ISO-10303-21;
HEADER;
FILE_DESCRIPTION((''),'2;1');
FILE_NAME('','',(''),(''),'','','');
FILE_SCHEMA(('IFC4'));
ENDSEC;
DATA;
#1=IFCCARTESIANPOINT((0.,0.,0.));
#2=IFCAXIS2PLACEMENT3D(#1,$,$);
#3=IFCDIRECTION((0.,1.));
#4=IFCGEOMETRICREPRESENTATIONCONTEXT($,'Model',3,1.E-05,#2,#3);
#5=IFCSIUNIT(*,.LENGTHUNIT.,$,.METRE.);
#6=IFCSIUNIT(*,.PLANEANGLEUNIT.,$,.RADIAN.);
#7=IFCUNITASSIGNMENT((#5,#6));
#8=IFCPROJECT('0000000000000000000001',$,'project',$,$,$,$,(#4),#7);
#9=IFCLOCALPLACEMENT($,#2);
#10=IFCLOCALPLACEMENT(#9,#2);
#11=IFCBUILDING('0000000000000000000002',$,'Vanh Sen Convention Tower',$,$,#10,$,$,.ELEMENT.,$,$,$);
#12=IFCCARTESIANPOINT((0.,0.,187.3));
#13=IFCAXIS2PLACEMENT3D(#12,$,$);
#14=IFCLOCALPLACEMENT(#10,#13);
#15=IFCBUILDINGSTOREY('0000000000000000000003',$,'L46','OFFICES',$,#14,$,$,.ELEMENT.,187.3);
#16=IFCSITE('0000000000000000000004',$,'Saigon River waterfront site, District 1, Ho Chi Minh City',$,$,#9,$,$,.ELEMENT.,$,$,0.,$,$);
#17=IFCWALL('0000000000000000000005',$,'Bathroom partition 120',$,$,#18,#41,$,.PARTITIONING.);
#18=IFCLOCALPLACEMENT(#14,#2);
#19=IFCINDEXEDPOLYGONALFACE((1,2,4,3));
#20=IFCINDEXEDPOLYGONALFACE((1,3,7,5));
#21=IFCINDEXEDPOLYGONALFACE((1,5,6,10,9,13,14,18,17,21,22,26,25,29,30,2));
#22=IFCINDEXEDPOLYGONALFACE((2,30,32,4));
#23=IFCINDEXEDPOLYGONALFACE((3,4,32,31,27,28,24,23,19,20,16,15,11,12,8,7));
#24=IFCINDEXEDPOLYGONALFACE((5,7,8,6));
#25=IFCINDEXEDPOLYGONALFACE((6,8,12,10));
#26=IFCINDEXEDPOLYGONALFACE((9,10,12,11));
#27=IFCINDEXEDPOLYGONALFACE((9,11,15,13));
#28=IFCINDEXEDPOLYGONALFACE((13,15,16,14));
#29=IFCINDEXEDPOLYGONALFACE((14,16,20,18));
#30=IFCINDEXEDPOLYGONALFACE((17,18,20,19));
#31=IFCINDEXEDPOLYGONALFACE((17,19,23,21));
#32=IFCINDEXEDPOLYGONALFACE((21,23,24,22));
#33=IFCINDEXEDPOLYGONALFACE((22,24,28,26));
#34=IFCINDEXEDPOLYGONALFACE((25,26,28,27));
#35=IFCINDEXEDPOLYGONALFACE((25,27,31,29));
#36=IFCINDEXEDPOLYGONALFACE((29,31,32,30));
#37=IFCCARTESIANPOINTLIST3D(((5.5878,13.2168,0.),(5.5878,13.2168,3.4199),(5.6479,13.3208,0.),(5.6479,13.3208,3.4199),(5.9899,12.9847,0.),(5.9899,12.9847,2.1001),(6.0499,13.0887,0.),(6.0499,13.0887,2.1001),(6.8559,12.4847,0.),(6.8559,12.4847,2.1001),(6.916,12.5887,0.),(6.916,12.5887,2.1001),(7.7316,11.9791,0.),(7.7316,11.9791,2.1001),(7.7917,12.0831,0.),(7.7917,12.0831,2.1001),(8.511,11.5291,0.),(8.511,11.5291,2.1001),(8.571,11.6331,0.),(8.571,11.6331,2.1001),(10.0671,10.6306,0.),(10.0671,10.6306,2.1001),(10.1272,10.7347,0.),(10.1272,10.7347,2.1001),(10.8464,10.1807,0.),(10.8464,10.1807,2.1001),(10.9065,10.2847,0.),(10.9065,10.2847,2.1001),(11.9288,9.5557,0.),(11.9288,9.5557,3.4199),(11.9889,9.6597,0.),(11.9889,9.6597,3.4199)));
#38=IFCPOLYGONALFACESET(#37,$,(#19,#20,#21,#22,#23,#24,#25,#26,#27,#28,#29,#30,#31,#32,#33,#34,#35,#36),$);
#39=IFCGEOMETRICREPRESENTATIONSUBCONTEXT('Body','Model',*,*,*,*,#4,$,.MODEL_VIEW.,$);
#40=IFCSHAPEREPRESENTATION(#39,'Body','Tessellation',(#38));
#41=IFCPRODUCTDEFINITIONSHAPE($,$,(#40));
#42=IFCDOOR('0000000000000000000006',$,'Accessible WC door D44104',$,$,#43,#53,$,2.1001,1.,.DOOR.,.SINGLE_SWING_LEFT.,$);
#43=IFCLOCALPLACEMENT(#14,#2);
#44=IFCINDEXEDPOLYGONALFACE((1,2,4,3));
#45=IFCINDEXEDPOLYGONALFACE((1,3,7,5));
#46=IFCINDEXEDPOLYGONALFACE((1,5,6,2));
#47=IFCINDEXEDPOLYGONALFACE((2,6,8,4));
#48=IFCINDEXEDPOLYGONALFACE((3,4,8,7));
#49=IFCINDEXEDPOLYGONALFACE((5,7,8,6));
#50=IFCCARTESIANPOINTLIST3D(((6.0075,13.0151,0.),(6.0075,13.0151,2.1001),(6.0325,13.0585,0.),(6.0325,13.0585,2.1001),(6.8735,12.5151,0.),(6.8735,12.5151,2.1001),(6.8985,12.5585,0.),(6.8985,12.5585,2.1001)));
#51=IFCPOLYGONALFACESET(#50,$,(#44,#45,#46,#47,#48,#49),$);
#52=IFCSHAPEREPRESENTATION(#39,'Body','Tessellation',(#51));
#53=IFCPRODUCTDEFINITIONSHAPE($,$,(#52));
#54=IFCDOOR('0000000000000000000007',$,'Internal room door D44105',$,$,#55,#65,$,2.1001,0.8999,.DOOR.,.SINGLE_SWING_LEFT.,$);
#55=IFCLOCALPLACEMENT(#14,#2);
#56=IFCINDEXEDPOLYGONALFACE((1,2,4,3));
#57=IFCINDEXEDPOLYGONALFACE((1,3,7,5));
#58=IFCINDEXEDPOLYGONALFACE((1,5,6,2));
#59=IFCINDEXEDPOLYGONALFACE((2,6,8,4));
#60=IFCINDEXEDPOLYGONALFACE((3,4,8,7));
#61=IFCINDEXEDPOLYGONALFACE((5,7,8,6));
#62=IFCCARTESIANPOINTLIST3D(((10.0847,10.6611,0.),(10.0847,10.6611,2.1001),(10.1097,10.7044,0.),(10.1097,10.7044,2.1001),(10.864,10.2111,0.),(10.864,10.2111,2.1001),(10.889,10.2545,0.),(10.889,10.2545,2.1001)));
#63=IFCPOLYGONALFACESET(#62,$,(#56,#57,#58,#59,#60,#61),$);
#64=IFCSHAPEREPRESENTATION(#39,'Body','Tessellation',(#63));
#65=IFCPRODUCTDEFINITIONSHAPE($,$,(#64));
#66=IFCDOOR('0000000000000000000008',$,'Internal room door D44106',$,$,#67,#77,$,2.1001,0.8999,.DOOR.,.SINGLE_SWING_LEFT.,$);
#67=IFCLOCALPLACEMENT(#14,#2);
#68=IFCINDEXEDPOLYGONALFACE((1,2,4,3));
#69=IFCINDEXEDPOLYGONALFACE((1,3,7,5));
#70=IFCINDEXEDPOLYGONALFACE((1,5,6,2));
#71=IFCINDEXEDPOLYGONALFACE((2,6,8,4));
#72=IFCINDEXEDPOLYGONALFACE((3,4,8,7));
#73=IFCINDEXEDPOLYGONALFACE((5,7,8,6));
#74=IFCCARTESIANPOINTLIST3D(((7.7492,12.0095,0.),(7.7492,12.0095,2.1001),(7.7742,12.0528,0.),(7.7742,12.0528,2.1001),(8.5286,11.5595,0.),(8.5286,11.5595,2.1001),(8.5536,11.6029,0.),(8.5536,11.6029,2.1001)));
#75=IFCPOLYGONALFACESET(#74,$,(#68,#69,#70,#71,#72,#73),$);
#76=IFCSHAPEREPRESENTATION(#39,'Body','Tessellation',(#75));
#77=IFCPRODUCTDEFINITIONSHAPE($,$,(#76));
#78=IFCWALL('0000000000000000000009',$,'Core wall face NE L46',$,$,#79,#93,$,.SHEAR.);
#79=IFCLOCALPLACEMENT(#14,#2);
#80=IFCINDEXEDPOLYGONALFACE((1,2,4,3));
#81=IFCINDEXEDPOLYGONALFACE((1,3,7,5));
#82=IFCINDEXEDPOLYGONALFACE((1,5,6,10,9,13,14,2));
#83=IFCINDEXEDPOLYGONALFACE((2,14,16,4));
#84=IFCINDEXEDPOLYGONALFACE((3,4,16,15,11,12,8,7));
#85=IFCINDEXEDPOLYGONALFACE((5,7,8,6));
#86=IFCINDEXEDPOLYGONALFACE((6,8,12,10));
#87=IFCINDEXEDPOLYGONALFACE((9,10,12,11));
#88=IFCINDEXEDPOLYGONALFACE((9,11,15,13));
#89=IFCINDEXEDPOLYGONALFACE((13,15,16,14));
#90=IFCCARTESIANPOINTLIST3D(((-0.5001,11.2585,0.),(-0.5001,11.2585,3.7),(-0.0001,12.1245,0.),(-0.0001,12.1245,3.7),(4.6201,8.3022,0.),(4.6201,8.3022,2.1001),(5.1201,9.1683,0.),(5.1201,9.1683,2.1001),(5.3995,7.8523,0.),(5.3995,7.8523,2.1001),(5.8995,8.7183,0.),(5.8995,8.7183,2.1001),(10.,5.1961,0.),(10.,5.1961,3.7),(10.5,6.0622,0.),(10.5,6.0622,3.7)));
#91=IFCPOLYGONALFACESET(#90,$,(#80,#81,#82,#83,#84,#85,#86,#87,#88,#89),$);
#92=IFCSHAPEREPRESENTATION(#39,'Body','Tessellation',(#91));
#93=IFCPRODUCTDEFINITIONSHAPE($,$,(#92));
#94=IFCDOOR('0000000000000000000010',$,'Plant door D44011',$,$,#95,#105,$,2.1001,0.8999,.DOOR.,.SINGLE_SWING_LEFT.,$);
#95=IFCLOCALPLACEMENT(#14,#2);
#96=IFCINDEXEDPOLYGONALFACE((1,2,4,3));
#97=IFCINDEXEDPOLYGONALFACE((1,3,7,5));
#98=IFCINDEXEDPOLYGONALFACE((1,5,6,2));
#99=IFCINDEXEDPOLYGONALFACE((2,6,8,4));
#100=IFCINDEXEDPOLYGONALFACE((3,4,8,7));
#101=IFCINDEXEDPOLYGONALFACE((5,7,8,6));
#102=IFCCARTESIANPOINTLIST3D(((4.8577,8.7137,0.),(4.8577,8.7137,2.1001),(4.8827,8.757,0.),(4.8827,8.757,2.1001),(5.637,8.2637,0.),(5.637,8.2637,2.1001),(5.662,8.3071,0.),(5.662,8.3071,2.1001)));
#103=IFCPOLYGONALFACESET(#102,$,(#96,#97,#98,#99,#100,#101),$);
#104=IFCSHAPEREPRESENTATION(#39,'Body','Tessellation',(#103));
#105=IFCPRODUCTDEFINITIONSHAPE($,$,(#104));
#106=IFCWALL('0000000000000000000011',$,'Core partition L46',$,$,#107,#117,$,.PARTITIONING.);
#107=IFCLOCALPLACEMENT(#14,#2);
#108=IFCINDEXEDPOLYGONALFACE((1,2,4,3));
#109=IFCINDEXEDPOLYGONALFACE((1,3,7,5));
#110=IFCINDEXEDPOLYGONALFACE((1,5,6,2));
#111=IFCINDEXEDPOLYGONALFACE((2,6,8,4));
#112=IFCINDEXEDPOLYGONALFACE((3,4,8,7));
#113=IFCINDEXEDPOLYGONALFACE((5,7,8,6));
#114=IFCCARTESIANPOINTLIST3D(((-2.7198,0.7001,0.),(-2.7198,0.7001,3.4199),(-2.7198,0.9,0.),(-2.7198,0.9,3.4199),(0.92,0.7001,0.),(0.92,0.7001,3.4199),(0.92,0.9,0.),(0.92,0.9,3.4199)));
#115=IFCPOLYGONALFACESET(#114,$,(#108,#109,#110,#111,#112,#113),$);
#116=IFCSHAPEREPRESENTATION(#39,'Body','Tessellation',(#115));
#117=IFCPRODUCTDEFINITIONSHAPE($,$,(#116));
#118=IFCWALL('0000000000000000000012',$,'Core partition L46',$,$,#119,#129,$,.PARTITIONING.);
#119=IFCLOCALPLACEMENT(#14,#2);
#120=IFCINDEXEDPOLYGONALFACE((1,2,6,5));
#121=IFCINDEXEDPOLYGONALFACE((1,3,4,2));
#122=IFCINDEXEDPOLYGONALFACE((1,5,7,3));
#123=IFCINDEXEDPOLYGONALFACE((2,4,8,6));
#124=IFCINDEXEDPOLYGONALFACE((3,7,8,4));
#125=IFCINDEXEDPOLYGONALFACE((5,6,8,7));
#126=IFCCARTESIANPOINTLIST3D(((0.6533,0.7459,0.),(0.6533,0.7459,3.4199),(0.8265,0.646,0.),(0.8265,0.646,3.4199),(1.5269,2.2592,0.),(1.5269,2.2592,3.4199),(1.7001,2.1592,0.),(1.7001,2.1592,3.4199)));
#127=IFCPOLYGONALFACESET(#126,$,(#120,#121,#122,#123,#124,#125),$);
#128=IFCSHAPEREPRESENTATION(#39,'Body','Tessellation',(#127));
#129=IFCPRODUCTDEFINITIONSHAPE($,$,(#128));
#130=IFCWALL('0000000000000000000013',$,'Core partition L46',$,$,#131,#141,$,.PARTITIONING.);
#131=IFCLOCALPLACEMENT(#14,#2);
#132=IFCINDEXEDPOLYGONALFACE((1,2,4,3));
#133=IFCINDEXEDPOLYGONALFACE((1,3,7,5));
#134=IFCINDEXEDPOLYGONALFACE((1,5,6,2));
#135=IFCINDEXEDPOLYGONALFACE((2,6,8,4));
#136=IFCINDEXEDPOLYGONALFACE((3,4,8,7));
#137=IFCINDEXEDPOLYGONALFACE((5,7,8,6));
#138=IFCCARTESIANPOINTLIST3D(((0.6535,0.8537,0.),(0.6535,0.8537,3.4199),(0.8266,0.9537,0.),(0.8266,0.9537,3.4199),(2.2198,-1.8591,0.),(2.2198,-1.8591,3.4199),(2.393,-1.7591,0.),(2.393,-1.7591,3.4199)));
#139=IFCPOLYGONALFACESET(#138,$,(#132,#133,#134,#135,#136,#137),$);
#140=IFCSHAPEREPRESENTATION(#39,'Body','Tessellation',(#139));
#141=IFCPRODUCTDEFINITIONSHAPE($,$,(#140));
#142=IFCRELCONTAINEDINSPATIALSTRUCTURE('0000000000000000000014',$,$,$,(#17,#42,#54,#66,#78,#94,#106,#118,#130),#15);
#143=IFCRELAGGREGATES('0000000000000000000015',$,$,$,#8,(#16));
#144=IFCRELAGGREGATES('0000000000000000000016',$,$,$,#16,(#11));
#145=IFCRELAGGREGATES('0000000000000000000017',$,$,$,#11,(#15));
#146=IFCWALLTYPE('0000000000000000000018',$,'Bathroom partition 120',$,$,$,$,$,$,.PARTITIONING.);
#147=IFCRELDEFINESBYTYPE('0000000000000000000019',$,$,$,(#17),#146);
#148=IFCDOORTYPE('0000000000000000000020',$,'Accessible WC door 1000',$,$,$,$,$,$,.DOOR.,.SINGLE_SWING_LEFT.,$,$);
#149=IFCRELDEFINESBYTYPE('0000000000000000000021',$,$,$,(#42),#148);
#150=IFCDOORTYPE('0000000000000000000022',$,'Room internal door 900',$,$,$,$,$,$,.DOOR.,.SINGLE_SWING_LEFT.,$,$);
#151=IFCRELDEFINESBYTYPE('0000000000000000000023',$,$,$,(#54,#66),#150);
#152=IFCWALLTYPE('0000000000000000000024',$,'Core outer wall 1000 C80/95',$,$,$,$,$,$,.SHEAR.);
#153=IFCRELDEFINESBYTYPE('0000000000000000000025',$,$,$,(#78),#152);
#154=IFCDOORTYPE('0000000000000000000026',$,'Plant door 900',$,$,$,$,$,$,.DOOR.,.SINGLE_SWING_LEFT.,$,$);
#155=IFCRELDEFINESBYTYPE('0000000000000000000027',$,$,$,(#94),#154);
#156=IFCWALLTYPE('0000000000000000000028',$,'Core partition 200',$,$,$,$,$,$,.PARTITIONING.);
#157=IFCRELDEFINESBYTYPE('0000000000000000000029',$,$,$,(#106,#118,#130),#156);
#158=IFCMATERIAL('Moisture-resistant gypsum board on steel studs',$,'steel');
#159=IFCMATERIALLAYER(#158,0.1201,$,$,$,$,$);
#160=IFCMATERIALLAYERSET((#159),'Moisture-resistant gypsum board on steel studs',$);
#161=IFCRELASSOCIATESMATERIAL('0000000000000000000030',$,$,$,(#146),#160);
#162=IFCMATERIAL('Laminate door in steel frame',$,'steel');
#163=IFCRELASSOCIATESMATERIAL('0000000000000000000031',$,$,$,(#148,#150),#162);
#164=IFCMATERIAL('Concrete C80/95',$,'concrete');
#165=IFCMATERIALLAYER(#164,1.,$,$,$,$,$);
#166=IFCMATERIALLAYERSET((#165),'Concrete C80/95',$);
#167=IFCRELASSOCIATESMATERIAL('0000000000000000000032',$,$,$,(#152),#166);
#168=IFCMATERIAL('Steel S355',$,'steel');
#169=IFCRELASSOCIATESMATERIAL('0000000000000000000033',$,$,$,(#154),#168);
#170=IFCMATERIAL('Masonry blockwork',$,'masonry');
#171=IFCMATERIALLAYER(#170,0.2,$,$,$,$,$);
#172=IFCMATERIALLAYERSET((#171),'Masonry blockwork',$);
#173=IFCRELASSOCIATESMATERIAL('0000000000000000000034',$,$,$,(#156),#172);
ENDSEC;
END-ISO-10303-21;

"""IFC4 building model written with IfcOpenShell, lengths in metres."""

from ifc_helpers import new_model, si_unit, direction, frame, frame_2d, origin, place, context, subcontext, project, spatial, rectangle, extrude, material, layer, layer_set, type_object, element, fill, save


model = new_model("IFC4")

# Units and contexts
model_context = context("Model", 3, precision=1e-05, world=origin(), true_north=direction((0.0, 1.0)))
body_context = subcontext(model_context, "Body", "Model", "MODEL_VIEW")
ifc_project = project(units=[si_unit("LENGTHUNIT", "METRE"), si_unit("PLANEANGLEUNIT", "RADIAN")], contexts=[model_context])

# Site, building, storey
site_placement = place(None, origin())
site = spatial("IfcSite", under=ifc_project, at=site_placement, Name="Saigon River waterfront site, District 1, Ho Chi Minh City", CompositionType="ELEMENT", RefElevation=0.0)
building_placement = place(site_placement, origin())
building = spatial("IfcBuilding", under=site, at=building_placement, Name="Vanh Sen Convention Tower", CompositionType="ELEMENT")
storey_placement = place(building_placement, frame((0.0, 0.0, 187.3)))
storey = spatial("IfcBuildingStorey", under=building, at=storey_placement, Name="L46", Description="OFFICES", CompositionType="ELEMENT", Elevation=187.3)

# Wall, openings, doors
ifc_material_1 = material(Name="Moisture-resistant gypsum board on steel studs", Category="steel")
ifc_layer_1 = layer(ifc_material_1, 0.1201)
ifc_layer_set_1 = layer_set([ifc_layer_1], Name="Moisture-resistant gypsum board on steel studs")
wall_type_1 = type_object("IfcWallType", Name="Bathroom partition 120", PredefinedType="PARTITIONING", material=ifc_layer_set_1)
wall_1_placement = place(storey_placement, frame((11.959, 9.6077, 0.0), z_axis=(0.0, 0.0, 1.0), x_axis=(-0.866018, 0.500012, 0.0)))
wall_1 = element("IfcWall", 1, at=wall_1_placement, inside=storey, type_object=wall_type_1, Name="Bathroom partition 120", PredefinedType="PARTITIONING", context=body_context, shape_type="SweptSolid", body=[
    extrude(rectangle(XDim=7.322, YDim=0.1201, at=frame_2d((3.6611, 0.0))), origin(), (0.0, 0.0, 1.0), 3.4199),
])
opening_1_placement = place(wall_1_placement, frame((5.8579, 0.0, 0.0)))
opening_1 = element("IfcOpeningElement", 2, at=opening_1_placement, cuts=wall_1, PredefinedType="OPENING", context=body_context, shape_type="SweptSolid", body=[
    extrude(rectangle(XDim=1.0, YDim=2.1001, at=frame_2d((0.5, 1.05))), frame((0.0, 0.0701, 0.0), z_axis=(0.0, -1.0, 0.0), x_axis=(1.0, 0.0, 0.0)), (0.0, 0.0, 1.0), 0.1401),
])
opening_2_placement = place(wall_1_placement, frame((1.25, 0.0, 0.0)))
opening_2 = element("IfcOpeningElement", 3, at=opening_2_placement, cuts=wall_1, PredefinedType="OPENING", context=body_context, shape_type="SweptSolid", body=[
    extrude(rectangle(XDim=0.8999, YDim=2.1001, at=frame_2d((0.45, 1.05))), frame((0.0, 0.0701, 0.0), z_axis=(0.0, -1.0, 0.0), x_axis=(1.0, 0.0, 0.0)), (0.0, 0.0, 1.0), 0.1401),
])
opening_3_placement = place(wall_1_placement, frame((3.9468, 0.0, 0.0)))
opening_3 = element("IfcOpeningElement", 4, at=opening_3_placement, cuts=wall_1, PredefinedType="OPENING", context=body_context, shape_type="SweptSolid", body=[
    extrude(rectangle(XDim=0.8999, YDim=2.1001, at=frame_2d((0.45, 1.05))), frame((0.0, 0.0701, 0.0), z_axis=(0.0, -1.0, 0.0), x_axis=(1.0, 0.0, 0.0)), (0.0, 0.0, 1.0), 0.1401),
])
ifc_material_2 = material(Name="Laminate door in steel frame", Category="steel")
door_type_1 = type_object("IfcDoorType", Name="Accessible WC door 1000", OperationType="SINGLE_SWING_LEFT", PredefinedType="DOOR", material=ifc_material_2)
door_1_placement = place(opening_1_placement, origin())
door_1 = element("IfcDoor", 5, at=door_1_placement, inside=storey, type_object=door_type_1, Name="Accessible WC door D44104", OperationType="SINGLE_SWING_LEFT", OverallHeight=2.1001, OverallWidth=1.0, PredefinedType="DOOR", context=body_context, shape_type="SweptSolid", body=[
    extrude(rectangle(XDim=1.0, YDim=2.1001, at=frame_2d((0.5, 1.05))), frame((0.0, 0.0249, 0.0), z_axis=(0.0, -1.0, 0.0), x_axis=(1.0, 0.0, 0.0)), (0.0, 0.0, 1.0), 0.05),
])
fill(opening_1, door_1)
door_type_2 = type_object("IfcDoorType", Name="Room internal door 900", OperationType="SINGLE_SWING_LEFT", PredefinedType="DOOR", material=ifc_material_2)
door_2_placement = place(opening_2_placement, origin())
door_2 = element("IfcDoor", 6, at=door_2_placement, inside=storey, type_object=door_type_2, Name="Internal room door D44105", OperationType="SINGLE_SWING_LEFT", OverallHeight=2.1001, OverallWidth=0.8999, PredefinedType="DOOR", context=body_context, shape_type="SweptSolid", body=[
    extrude(rectangle(XDim=0.8999, YDim=2.1001, at=frame_2d((0.45, 1.05))), frame((0.0, 0.0249, 0.0), z_axis=(0.0, -1.0, 0.0), x_axis=(1.0, 0.0, 0.0)), (0.0, 0.0, 1.0), 0.05),
])
fill(opening_2, door_2)
door_3_placement = place(opening_3_placement, origin())
door_3 = element("IfcDoor", 7, at=door_3_placement, inside=storey, type_object=door_type_2, Name="Internal room door D44106", OperationType="SINGLE_SWING_LEFT", OverallHeight=2.1001, OverallWidth=0.8999, PredefinedType="DOOR", context=body_context, shape_type="SweptSolid", body=[
    extrude(rectangle(XDim=0.8999, YDim=2.1001, at=frame_2d((0.45, 1.05))), frame((0.0, 0.0249, 0.0), z_axis=(0.0, -1.0, 0.0), x_axis=(1.0, 0.0, 0.0)), (0.0, 0.0, 1.0), 0.05),
])
fill(opening_3, door_3)

# Wall, opening, door
ifc_material_3 = material(Name="Concrete C80/95", Category="concrete")
ifc_layer_2 = layer(ifc_material_3, 1.0)
ifc_layer_set_2 = layer_set([ifc_layer_2], Name="Concrete C80/95")
wall_type_2 = type_object("IfcWallType", Name="Core outer wall 1000 C80/95", PredefinedType="SHEAR", material=ifc_layer_set_2)
wall_2_placement = place(storey_placement, frame((10.25, 5.6292, 0.0), z_axis=(0.0, 0.0, 1.0), x_axis=(-0.866023, 0.500005, 0.0)))
wall_2 = element("IfcWall", 8, at=wall_2_placement, inside=storey, type_object=wall_type_2, Name="Core wall face NE L46", PredefinedType="SHEAR", context=body_context, shape_type="SweptSolid", body=[
    extrude(rectangle(XDim=12.1245, YDim=1.0, at=frame_2d((6.0623, 0.0))), origin(), (0.0, 0.0, 1.0), 3.7),
])
opening_4_placement = place(wall_2_placement, frame((5.3123, 0.0, 0.0)))
opening_4 = element("IfcOpeningElement", 9, at=opening_4_placement, cuts=wall_2, PredefinedType="OPENING", context=body_context, shape_type="SweptSolid", body=[
    extrude(rectangle(XDim=0.8999, YDim=2.1001, at=frame_2d((0.45, 1.05))), frame((0.0, 0.51, 0.0), z_axis=(0.0, -1.0, 0.0), x_axis=(1.0, 0.0, 0.0)), (0.0, 0.0, 1.0), 1.02),
])
ifc_material_4 = material(Name="Steel S355", Category="steel")
door_type_3 = type_object("IfcDoorType", Name="Plant door 900", OperationType="SINGLE_SWING_LEFT", PredefinedType="DOOR", material=ifc_material_4)
door_4_placement = place(opening_4_placement, origin())
door_4 = element("IfcDoor", 10, at=door_4_placement, inside=storey, type_object=door_type_3, Name="Plant door D44011", OperationType="SINGLE_SWING_LEFT", OverallHeight=2.1001, OverallWidth=0.8999, PredefinedType="DOOR", context=body_context, shape_type="SweptSolid", body=[
    extrude(rectangle(XDim=0.8999, YDim=2.1001, at=frame_2d((0.45, 1.05))), frame((0.0, 0.0249, 0.0), z_axis=(0.0, -1.0, 0.0), x_axis=(1.0, 0.0, 0.0)), (0.0, 0.0, 1.0), 0.05),
])
fill(opening_4, door_4)

# Walls
ifc_material_5 = material(Name="Masonry blockwork", Category="masonry")
ifc_layer_3 = layer(ifc_material_5, 0.2)
ifc_layer_set_3 = layer_set([ifc_layer_3], Name="Masonry blockwork")
wall_type_3 = type_object("IfcWallType", Name="Core partition 200", PredefinedType="PARTITIONING", material=ifc_layer_set_3)
wall_3_placement = place(storey_placement, frame((0.9199, 0.8, 0.0), z_axis=(0.0, 0.0, 1.0), x_axis=(-1.0, 0.0, 0.0)))
element("IfcWall", 11, at=wall_3_placement, inside=storey, type_object=wall_type_3, Name="Core partition L46", PredefinedType="PARTITIONING", context=body_context, shape_type="SweptSolid", body=[
    extrude(rectangle(XDim=3.6399, YDim=0.2, at=frame_2d((1.8198, 0.0))), origin(), (0.0, 0.0, 1.0), 3.4199),
])
wall_4_placement = place(storey_placement, frame((0.74, 0.696, 0.0), z_axis=(0.0, 0.0, 1.0), x_axis=(0.499956, 0.866051, 0.0)))
element("IfcWall", 12, at=wall_4_placement, inside=storey, type_object=wall_type_3, Name="Core partition L46", PredefinedType="PARTITIONING", context=body_context, shape_type="SweptSolid", body=[
    extrude(rectangle(XDim=1.7473, YDim=0.2, at=frame_2d((0.8735, 0.0))), origin(), (0.0, 0.0, 1.0), 3.4199),
])
wall_5_placement = place(storey_placement, frame((0.74, 0.9038, 0.0), z_axis=(0.0, 0.0, 1.0), x_axis=(0.500028, -0.866009, 0.0)))
element("IfcWall", 13, at=wall_5_placement, inside=storey, type_object=wall_type_3, Name="Core partition L46", PredefinedType="PARTITIONING", context=body_context, shape_type="SweptSolid", body=[
    extrude(rectangle(XDim=3.1326, YDim=0.2, at=frame_2d((1.5664, 0.0))), origin(), (0.0, 0.0, 1.0), 3.4199),
])

save(model, "model.ifc")
